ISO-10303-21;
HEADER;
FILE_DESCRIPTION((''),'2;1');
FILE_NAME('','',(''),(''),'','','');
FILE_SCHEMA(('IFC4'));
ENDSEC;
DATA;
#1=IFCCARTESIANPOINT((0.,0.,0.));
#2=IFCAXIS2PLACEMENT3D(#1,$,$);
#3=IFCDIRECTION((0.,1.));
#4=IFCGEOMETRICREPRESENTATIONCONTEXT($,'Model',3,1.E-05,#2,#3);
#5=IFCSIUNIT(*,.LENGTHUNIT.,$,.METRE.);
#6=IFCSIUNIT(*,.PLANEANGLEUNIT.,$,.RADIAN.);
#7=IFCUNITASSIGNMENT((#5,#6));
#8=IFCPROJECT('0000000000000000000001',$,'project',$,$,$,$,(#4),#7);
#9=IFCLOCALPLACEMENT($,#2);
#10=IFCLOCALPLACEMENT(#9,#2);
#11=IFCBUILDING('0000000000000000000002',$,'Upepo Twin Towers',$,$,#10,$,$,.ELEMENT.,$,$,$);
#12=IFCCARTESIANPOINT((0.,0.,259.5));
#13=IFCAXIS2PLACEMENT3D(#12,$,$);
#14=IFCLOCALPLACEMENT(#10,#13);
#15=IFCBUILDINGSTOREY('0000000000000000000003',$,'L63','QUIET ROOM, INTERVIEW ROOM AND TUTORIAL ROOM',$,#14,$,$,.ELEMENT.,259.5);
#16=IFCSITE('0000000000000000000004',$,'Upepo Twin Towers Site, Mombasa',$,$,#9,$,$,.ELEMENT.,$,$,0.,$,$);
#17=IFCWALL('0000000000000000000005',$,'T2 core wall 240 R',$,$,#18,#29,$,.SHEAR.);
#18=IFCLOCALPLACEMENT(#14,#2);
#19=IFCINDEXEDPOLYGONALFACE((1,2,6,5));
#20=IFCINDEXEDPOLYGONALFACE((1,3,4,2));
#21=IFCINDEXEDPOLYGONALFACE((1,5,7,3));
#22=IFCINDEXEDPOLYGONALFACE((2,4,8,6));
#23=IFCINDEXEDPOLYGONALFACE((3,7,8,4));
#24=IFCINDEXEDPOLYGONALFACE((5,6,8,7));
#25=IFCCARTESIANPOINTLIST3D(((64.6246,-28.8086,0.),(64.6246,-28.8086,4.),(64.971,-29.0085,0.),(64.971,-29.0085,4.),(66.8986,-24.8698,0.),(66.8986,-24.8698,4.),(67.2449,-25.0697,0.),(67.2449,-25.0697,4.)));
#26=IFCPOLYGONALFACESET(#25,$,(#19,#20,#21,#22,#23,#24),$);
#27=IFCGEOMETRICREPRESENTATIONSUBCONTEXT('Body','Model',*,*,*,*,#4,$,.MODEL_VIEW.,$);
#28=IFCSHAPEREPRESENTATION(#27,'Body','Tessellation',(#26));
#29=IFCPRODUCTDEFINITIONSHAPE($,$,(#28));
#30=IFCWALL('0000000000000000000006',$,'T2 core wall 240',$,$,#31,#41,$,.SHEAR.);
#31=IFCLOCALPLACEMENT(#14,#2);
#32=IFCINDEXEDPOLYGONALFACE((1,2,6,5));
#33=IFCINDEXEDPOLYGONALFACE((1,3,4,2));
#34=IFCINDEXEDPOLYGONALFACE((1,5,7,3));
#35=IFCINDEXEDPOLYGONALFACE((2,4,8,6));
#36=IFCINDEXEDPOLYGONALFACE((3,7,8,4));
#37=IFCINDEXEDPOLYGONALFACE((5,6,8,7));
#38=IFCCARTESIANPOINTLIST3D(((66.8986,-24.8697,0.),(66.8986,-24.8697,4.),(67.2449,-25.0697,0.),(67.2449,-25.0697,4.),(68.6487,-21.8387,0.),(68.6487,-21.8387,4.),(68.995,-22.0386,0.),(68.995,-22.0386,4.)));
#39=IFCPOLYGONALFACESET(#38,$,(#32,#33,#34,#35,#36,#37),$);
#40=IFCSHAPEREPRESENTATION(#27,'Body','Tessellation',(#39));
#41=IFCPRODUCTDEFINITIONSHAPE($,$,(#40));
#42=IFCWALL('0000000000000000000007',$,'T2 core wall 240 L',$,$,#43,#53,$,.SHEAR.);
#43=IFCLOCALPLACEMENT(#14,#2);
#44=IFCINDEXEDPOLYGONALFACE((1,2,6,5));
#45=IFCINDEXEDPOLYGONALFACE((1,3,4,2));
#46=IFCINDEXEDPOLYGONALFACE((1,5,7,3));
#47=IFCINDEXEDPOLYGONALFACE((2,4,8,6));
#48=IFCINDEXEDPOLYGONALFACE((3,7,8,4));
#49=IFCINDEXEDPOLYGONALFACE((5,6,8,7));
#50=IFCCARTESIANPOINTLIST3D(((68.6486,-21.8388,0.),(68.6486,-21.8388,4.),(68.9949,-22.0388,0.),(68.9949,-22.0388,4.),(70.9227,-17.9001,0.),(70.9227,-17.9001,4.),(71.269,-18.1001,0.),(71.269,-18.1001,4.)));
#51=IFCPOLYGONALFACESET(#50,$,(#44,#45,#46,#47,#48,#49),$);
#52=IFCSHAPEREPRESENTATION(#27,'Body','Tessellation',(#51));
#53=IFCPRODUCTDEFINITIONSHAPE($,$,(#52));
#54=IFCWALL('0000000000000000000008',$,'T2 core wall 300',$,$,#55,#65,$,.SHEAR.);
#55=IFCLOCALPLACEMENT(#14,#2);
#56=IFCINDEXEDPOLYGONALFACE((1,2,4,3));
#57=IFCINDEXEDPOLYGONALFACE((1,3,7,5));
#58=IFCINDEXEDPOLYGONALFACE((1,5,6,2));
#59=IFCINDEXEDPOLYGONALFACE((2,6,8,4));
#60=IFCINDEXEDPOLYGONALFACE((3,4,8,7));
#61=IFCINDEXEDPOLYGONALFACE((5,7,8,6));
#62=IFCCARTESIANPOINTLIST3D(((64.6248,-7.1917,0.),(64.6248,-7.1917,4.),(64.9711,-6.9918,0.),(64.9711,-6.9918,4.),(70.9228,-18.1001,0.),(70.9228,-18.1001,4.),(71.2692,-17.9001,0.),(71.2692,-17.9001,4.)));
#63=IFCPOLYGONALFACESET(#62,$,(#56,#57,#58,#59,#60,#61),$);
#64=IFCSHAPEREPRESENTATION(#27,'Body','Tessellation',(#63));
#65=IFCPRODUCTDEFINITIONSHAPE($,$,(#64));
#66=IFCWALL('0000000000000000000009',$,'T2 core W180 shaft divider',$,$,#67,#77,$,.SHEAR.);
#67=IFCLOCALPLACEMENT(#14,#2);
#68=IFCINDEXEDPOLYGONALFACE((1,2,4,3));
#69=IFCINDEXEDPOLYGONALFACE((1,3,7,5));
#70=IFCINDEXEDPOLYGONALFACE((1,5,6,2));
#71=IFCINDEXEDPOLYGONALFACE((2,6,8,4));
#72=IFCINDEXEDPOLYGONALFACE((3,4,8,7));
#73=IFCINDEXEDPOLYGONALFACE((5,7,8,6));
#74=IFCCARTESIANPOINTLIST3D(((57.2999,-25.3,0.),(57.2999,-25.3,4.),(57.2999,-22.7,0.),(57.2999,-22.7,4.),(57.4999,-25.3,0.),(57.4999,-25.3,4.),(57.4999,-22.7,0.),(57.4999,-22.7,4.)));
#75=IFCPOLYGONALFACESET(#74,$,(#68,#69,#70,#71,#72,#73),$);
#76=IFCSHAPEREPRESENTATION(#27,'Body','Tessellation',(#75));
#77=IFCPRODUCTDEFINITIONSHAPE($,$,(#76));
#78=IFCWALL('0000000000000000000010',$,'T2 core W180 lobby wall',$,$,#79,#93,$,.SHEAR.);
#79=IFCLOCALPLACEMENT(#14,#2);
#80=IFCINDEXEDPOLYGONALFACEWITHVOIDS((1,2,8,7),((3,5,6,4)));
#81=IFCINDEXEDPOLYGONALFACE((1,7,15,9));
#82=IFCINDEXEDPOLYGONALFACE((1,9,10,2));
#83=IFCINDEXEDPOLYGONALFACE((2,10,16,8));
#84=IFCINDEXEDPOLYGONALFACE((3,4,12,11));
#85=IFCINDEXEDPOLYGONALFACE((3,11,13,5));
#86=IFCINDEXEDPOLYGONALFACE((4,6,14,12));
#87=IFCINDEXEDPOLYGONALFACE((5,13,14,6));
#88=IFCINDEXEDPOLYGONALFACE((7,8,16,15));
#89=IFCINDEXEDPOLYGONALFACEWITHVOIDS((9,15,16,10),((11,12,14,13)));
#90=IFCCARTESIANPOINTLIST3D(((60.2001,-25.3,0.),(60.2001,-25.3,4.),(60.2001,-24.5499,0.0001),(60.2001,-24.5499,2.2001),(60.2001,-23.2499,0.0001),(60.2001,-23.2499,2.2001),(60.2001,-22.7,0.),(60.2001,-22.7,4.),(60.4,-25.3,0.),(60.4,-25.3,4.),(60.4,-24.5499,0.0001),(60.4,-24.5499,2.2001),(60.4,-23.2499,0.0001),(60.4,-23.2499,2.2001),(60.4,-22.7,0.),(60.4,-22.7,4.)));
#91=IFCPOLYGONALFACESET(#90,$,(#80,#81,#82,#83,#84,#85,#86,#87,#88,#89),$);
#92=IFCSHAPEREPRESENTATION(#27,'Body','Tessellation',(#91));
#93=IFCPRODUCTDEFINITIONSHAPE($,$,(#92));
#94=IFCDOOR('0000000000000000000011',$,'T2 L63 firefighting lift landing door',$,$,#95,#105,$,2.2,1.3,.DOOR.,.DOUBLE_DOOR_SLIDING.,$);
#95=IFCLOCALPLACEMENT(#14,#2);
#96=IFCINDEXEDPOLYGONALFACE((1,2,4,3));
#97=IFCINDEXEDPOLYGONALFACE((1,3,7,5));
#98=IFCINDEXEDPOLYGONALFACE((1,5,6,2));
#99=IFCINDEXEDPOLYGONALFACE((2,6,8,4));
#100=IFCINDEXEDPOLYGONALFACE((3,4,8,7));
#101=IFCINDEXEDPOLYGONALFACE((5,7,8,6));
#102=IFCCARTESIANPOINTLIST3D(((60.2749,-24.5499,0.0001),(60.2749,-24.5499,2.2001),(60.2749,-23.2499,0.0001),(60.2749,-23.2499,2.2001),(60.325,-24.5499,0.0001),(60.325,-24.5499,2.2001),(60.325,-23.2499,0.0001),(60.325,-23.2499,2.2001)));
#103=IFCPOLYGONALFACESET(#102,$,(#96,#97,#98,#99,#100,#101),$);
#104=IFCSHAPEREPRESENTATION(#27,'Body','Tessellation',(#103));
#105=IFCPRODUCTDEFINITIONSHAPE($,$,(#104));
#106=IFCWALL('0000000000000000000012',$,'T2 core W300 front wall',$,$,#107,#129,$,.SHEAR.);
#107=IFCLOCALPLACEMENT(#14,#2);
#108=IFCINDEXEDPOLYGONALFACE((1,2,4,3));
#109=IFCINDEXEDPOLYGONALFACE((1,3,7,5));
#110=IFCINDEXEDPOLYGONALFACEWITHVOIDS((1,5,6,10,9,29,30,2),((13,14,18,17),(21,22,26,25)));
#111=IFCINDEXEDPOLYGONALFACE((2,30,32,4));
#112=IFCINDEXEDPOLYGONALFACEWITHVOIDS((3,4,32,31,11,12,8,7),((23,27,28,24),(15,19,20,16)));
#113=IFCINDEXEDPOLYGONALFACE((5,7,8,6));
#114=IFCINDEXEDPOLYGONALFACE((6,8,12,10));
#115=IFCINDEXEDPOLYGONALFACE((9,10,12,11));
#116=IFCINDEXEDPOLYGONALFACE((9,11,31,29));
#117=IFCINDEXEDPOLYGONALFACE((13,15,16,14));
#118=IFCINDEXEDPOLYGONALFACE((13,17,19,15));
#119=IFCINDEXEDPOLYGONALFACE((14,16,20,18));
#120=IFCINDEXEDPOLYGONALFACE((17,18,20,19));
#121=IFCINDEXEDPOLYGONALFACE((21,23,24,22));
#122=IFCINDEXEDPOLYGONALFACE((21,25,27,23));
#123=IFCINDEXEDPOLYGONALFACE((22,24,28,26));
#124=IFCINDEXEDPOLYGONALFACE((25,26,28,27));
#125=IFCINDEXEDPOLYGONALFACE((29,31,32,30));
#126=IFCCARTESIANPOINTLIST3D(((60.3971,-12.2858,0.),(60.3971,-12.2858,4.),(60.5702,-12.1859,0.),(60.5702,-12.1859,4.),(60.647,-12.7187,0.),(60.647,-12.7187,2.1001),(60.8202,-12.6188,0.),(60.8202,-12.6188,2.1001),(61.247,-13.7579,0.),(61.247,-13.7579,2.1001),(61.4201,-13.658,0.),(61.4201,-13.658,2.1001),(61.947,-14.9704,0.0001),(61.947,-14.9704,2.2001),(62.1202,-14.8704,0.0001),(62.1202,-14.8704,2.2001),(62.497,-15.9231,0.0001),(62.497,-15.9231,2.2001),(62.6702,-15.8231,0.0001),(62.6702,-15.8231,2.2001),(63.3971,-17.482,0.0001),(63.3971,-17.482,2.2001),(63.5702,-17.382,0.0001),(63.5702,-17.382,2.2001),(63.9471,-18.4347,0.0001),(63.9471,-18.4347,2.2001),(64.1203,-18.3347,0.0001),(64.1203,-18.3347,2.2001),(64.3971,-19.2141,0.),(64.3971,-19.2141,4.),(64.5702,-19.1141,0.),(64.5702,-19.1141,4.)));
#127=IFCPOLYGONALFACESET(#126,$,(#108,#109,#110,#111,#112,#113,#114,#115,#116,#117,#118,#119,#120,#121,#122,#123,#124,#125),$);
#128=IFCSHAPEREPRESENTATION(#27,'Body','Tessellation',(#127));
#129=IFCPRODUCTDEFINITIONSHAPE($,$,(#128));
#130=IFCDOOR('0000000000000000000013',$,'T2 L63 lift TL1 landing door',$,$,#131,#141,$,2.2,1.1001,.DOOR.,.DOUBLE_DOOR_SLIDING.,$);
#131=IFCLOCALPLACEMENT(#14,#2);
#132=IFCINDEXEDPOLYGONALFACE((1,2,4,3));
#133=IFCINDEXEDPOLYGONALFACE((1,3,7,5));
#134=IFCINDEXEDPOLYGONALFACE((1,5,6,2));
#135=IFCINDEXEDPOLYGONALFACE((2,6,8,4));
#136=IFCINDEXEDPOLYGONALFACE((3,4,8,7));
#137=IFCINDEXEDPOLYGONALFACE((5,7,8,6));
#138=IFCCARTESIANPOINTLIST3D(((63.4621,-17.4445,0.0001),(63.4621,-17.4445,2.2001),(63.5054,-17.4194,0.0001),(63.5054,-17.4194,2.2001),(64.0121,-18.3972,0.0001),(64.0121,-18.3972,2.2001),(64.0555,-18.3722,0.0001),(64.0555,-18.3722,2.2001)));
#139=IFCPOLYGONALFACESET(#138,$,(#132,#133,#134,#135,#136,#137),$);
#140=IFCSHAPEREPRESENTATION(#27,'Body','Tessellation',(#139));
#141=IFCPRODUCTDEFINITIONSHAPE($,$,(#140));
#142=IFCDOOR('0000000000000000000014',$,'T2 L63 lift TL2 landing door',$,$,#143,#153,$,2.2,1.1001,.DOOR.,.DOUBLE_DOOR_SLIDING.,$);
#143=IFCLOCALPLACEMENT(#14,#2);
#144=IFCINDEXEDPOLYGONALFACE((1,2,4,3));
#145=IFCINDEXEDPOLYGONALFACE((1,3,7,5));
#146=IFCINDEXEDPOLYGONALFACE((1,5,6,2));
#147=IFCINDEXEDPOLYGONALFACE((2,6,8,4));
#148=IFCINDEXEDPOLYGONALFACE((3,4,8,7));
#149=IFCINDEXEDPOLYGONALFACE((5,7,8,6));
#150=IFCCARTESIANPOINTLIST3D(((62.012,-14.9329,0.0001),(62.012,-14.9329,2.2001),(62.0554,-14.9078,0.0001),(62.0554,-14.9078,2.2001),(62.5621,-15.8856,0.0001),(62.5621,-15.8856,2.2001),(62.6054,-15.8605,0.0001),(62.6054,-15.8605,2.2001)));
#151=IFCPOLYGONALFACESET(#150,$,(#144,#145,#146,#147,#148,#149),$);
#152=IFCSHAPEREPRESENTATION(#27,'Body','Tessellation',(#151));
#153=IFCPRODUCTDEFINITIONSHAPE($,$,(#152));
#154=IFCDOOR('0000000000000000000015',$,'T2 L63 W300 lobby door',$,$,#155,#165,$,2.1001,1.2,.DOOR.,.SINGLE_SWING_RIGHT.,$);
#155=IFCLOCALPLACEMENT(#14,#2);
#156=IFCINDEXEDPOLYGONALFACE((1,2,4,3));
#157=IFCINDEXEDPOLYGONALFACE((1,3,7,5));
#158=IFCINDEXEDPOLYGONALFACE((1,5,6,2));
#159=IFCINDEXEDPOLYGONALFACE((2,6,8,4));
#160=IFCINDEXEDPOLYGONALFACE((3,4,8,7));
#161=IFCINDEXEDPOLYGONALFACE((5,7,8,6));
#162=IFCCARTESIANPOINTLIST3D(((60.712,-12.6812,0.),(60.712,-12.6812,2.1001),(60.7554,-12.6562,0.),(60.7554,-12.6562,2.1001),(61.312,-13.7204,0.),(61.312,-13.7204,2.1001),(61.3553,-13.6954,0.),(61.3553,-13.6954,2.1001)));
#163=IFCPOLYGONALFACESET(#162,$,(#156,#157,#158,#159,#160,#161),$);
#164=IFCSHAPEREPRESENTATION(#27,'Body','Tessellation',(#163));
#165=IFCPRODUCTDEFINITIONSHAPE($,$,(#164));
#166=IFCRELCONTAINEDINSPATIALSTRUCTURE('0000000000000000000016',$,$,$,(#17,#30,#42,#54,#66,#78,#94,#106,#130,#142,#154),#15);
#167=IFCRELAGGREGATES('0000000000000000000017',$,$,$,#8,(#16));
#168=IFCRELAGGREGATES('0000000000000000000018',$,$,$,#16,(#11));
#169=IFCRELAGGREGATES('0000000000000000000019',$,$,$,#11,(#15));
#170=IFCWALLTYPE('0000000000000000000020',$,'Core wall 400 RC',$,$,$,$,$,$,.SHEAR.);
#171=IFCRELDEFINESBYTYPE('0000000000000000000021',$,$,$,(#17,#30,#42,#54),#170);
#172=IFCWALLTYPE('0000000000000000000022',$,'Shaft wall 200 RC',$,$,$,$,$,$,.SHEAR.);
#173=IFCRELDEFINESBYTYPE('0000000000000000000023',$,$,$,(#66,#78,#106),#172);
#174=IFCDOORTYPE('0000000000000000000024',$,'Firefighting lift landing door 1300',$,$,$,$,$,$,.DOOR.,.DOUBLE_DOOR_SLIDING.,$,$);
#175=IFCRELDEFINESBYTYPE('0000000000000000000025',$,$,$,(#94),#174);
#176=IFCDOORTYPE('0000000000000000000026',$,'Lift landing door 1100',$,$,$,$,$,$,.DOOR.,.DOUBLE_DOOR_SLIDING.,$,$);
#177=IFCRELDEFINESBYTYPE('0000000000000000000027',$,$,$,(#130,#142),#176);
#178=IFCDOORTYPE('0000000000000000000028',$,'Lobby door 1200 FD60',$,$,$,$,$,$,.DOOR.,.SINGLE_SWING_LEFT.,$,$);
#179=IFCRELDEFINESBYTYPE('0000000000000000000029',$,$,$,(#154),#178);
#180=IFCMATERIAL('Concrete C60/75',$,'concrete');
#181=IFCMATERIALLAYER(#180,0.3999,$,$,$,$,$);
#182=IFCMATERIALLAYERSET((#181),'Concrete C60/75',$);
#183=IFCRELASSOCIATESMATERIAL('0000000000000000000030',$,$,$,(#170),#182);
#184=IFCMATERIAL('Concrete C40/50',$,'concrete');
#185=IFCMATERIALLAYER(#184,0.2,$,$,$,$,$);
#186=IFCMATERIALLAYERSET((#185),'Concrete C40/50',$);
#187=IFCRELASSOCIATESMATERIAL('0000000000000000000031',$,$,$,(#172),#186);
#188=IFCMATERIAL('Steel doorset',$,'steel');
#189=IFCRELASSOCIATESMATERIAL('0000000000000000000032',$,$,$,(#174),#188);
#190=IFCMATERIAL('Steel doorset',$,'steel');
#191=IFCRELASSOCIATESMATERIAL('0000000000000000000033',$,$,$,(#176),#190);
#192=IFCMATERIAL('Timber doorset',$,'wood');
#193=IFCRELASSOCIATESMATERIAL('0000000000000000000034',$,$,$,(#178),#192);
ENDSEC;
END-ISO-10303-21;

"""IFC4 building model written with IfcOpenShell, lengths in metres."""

from ifc_helpers import new_model, si_unit, direction, frame, frame_2d, origin, place, context, subcontext, project, spatial, rectangle, extrude, material, layer, layer_set, type_object, element, fill, save


model = new_model("IFC4")

# Units and contexts
model_context = context("Model", 3, precision=1e-05, world=origin(), true_north=direction((0.0, 1.0)))
body_context = subcontext(model_context, "Body", "Model", "MODEL_VIEW")
ifc_project = project(units=[si_unit("LENGTHUNIT", "METRE"), si_unit("PLANEANGLEUNIT", "RADIAN")], contexts=[model_context])

# Site, building, storey
site_placement = place(None, origin())
site = spatial("IfcSite", under=ifc_project, at=site_placement, Name="Upepo Twin Towers Site, Mombasa", CompositionType="ELEMENT", RefElevation=0.0)
building_placement = place(site_placement, origin())
building = spatial("IfcBuilding", under=site, at=building_placement, Name="Upepo Twin Towers", CompositionType="ELEMENT")
storey_placement = place(building_placement, frame((0.0, 0.0, 259.5)))
storey = spatial("IfcBuildingStorey", under=building, at=storey_placement, Name="L63", Description="QUIET ROOM, INTERVIEW ROOM AND TUTORIAL ROOM", CompositionType="ELEMENT", Elevation=259.5)

# Walls
ifc_material_1 = material(Name="Concrete C60/75", Category="concrete")
ifc_layer_1 = layer(ifc_material_1, 0.3999)
ifc_layer_set_1 = layer_set([ifc_layer_1], Name="Concrete C60/75")
wall_type_1 = type_object("IfcWallType", Name="Core wall 400 RC", PredefinedType="SHEAR", material=ifc_layer_set_1)
wall_1_placement = place(storey_placement, frame((64.7979, -28.9084, 0.0), z_axis=(0.0, 0.0, 1.0), x_axis=(0.499984, 0.866035, 0.0)))
element("IfcWall", 1, at=wall_1_placement, inside=storey, type_object=wall_type_1, Name="T2 core wall 240 R", PredefinedType="SHEAR", context=body_context, shape_type="SweptSolid", body=[
    extrude(rectangle(XDim=4.5481, YDim=0.3999, at=frame_2d((2.2739, 0.0))), origin(), (0.0, 0.0, 1.0), 4.0),
])
wall_2_placement = place(storey_placement, frame((67.0718, -24.9697, 0.0), z_axis=(0.0, 0.0, 1.0), x_axis=(0.50001, 0.866019, 0.0)))
element("IfcWall", 2, at=wall_2_placement, inside=storey, type_object=wall_type_1, Name="T2 core wall 240", PredefinedType="SHEAR", context=body_context, shape_type="SweptSolid", body=[
    extrude(rectangle(XDim=3.5, YDim=0.3999, at=frame_2d((1.75, 0.0))), origin(), (0.0, 0.0, 1.0), 4.0),
])
wall_3_placement = place(storey_placement, frame((68.8218, -21.9387, 0.0), z_axis=(0.0, 0.0, 1.0), x_axis=(0.500024, 0.866011, 0.0)))
element("IfcWall", 3, at=wall_3_placement, inside=storey, type_object=wall_type_1, Name="T2 core wall 240 L", PredefinedType="SHEAR", context=body_context, shape_type="SweptSolid", body=[
    extrude(rectangle(XDim=4.5481, YDim=0.3999, at=frame_2d((2.2739, 0.0))), origin(), (0.0, 0.0, 1.0), 4.0),
])
wall_4_placement = place(storey_placement, frame((71.0959, -18.0, 0.0), z_axis=(0.0, 0.0, 1.0), x_axis=(-0.500006, 0.866022, 0.0)))
element("IfcWall", 4, at=wall_4_placement, inside=storey, type_object=wall_type_1, Name="T2 core wall 300", PredefinedType="SHEAR", context=body_context, shape_type="SweptSolid", body=[
    extrude(rectangle(XDim=12.5959, YDim=0.3999, at=frame_2d((6.2979, 0.0))), origin(), (0.0, 0.0, 1.0), 4.0),
])
ifc_material_2 = material(Name="Concrete C40/50", Category="concrete")
ifc_layer_2 = layer(ifc_material_2, 0.2)
ifc_layer_set_2 = layer_set([ifc_layer_2], Name="Concrete C40/50")
wall_type_2 = type_object("IfcWallType", Name="Shaft wall 200 RC", PredefinedType="SHEAR", material=ifc_layer_set_2)
wall_5_placement = place(storey_placement, frame((57.3999, -22.7, 0.0), z_axis=(0.0, 0.0, 1.0), x_axis=(0.0, -1.0, 0.0)))
element("IfcWall", 5, at=wall_5_placement, inside=storey, type_object=wall_type_2, Name="T2 core W180 shaft divider", PredefinedType="SHEAR", context=body_context, shape_type="SweptSolid", body=[
    extrude(rectangle(XDim=2.6001, YDim=0.2, at=frame_2d((1.3, 0.0))), origin(), (0.0, 0.0, 1.0), 4.0),
])

# Wall, opening, door
wall_6_placement = place(storey_placement, frame((60.3, -22.7, 0.0), z_axis=(0.0, 0.0, 1.0), x_axis=(0.0, -1.0, 0.0)))
wall_6 = element("IfcWall", 6, at=wall_6_placement, inside=storey, type_object=wall_type_2, Name="T2 core W180 lobby wall", PredefinedType="SHEAR", context=body_context, shape_type="SweptSolid", body=[
    extrude(rectangle(XDim=2.6001, YDim=0.2, at=frame_2d((1.3, 0.0))), origin(), (0.0, 0.0, 1.0), 4.0),
])
opening_1_placement = place(wall_6_placement, frame((0.55, 0.0, 0.0)))
opening_1 = element("IfcOpeningElement", 7, at=opening_1_placement, cuts=wall_6, PredefinedType="OPENING", context=body_context, shape_type="SweptSolid", body=[
    extrude(rectangle(XDim=1.3, YDim=2.2, at=frame_2d((0.6499, 1.1001))), frame((0.0, 0.1099, 0.0), z_axis=(0.0, -1.0, 0.0), x_axis=(1.0, 0.0, 0.0)), (0.0, 0.0, 1.0), 0.22),
])
ifc_material_3 = material(Name="Steel doorset", Category="steel")
door_type_1 = type_object("IfcDoorType", Name="Firefighting lift landing door 1300", OperationType="DOUBLE_DOOR_SLIDING", PredefinedType="DOOR", material=ifc_material_3)
door_1_placement = place(opening_1_placement, origin())
door_1 = element("IfcDoor", 8, at=door_1_placement, inside=storey, type_object=door_type_1, Name="T2 L63 firefighting lift landing door", OperationType="DOUBLE_DOOR_SLIDING", OverallHeight=2.2, OverallWidth=1.3, PredefinedType="DOOR", context=body_context, shape_type="SweptSolid", body=[
    extrude(rectangle(XDim=1.3, YDim=2.2, at=frame_2d((0.6499, 1.1001))), frame((0.0, 0.0249, 0.0), z_axis=(0.0, -1.0, 0.0), x_axis=(1.0, 0.0, 0.0)), (0.0, 0.0, 1.0), 0.05),
])
fill(opening_1, door_1)

# Wall, openings, doors
wall_7_placement = place(storey_placement, frame((64.4836, -19.1641, 0.0), z_axis=(0.0, 0.0, 1.0), x_axis=(-0.499999, 0.866026, 0.0)))
wall_7 = element("IfcWall", 9, at=wall_7_placement, inside=storey, type_object=wall_type_2, Name="T2 core W300 front wall", PredefinedType="SHEAR", context=body_context, shape_type="SweptSolid", body=[
    extrude(rectangle(XDim=8.0, YDim=0.2, at=frame_2d((4.0, 0.0))), origin(), (0.0, 0.0, 1.0), 4.0),
])
opening_2_placement = place(wall_7_placement, frame((6.3, 0.0, 0.0)))
opening_2 = element("IfcOpeningElement", 10, at=opening_2_placement, cuts=wall_7, PredefinedType="OPENING", context=body_context, shape_type="SweptSolid", body=[
    extrude(rectangle(XDim=1.2, YDim=2.1001, at=frame_2d((0.6001, 1.05))), frame((0.0, 0.1099, 0.0), z_axis=(0.0, -1.0, 0.0), x_axis=(1.0, 0.0, 0.0)), (0.0, 0.0, 1.0), 0.22),
])
opening_3_placement = place(wall_7_placement, frame((0.8999, 0.0, 0.0)))
opening_3 = element("IfcOpeningElement", 11, at=opening_3_placement, cuts=wall_7, PredefinedType="OPENING", context=body_context, shape_type="SweptSolid", body=[
    extrude(rectangle(XDim=1.1001, YDim=2.2, at=frame_2d((0.55, 1.1001))), frame((0.0, 0.1099, 0.0), z_axis=(0.0, -1.0, 0.0), x_axis=(1.0, 0.0, 0.0)), (0.0, 0.0, 1.0), 0.22),
])
opening_4_placement = place(wall_7_placement, frame((3.8, 0.0, 0.0)))
opening_4 = element("IfcOpeningElement", 12, at=opening_4_placement, cuts=wall_7, PredefinedType="OPENING", context=body_context, shape_type="SweptSolid", body=[
    extrude(rectangle(XDim=1.1001, YDim=2.2, at=frame_2d((0.55, 1.1001))), frame((0.0, 0.1099, 0.0), z_axis=(0.0, -1.0, 0.0), x_axis=(1.0, 0.0, 0.0)), (0.0, 0.0, 1.0), 0.22),
])
ifc_material_4 = material(Name="Steel doorset", Category="steel")
door_type_2 = type_object("IfcDoorType", Name="Lift landing door 1100", OperationType="DOUBLE_DOOR_SLIDING", PredefinedType="DOOR", material=ifc_material_4)
door_2_placement = place(opening_3_placement, origin())
door_2 = element("IfcDoor", 13, at=door_2_placement, inside=storey, type_object=door_type_2, Name="T2 L63 lift TL1 landing door", OperationType="DOUBLE_DOOR_SLIDING", OverallHeight=2.2, OverallWidth=1.1001, PredefinedType="DOOR", context=body_context, shape_type="SweptSolid", body=[
    extrude(rectangle(XDim=1.1001, YDim=2.2, at=frame_2d((0.55, 1.1001))), frame((0.0, 0.0249, 0.0), z_axis=(0.0, -1.0, 0.0), x_axis=(1.0, 0.0, 0.0)), (0.0, 0.0, 1.0), 0.05),
])
fill(opening_3, door_2)
door_3_placement = place(opening_4_placement, origin())
door_3 = element("IfcDoor", 14, at=door_3_placement, inside=storey, type_object=door_type_2, Name="T2 L63 lift TL2 landing door", OperationType="DOUBLE_DOOR_SLIDING", OverallHeight=2.2, OverallWidth=1.1001, PredefinedType="DOOR", context=body_context, shape_type="SweptSolid", body=[
    extrude(rectangle(XDim=1.1001, YDim=2.2, at=frame_2d((0.55, 1.1001))), frame((0.0, 0.0249, 0.0), z_axis=(0.0, -1.0, 0.0), x_axis=(1.0, 0.0, 0.0)), (0.0, 0.0, 1.0), 0.05),
])
fill(opening_4, door_3)
ifc_material_5 = material(Name="Timber doorset", Category="wood")
door_type_3 = type_object("IfcDoorType", Name="Lobby door 1200 FD60", OperationType="SINGLE_SWING_LEFT", PredefinedType="DOOR", material=ifc_material_5)
door_4_placement = place(opening_2_placement, origin())
door_4 = element("IfcDoor", 15, at=door_4_placement, inside=storey, type_object=door_type_3, Name="T2 L63 W300 lobby door", OperationType="SINGLE_SWING_RIGHT", OverallHeight=2.1001, OverallWidth=1.2, PredefinedType="DOOR", context=body_context, shape_type="SweptSolid", body=[
    extrude(rectangle(XDim=1.2, YDim=2.1001, at=frame_2d((0.6001, 1.05))), frame((0.0, 0.0249, 0.0), z_axis=(0.0, -1.0, 0.0), x_axis=(1.0, 0.0, 0.0)), (0.0, 0.0, 1.0), 0.05),
])
fill(opening_2, door_4)

save(model, "model.ifc")
